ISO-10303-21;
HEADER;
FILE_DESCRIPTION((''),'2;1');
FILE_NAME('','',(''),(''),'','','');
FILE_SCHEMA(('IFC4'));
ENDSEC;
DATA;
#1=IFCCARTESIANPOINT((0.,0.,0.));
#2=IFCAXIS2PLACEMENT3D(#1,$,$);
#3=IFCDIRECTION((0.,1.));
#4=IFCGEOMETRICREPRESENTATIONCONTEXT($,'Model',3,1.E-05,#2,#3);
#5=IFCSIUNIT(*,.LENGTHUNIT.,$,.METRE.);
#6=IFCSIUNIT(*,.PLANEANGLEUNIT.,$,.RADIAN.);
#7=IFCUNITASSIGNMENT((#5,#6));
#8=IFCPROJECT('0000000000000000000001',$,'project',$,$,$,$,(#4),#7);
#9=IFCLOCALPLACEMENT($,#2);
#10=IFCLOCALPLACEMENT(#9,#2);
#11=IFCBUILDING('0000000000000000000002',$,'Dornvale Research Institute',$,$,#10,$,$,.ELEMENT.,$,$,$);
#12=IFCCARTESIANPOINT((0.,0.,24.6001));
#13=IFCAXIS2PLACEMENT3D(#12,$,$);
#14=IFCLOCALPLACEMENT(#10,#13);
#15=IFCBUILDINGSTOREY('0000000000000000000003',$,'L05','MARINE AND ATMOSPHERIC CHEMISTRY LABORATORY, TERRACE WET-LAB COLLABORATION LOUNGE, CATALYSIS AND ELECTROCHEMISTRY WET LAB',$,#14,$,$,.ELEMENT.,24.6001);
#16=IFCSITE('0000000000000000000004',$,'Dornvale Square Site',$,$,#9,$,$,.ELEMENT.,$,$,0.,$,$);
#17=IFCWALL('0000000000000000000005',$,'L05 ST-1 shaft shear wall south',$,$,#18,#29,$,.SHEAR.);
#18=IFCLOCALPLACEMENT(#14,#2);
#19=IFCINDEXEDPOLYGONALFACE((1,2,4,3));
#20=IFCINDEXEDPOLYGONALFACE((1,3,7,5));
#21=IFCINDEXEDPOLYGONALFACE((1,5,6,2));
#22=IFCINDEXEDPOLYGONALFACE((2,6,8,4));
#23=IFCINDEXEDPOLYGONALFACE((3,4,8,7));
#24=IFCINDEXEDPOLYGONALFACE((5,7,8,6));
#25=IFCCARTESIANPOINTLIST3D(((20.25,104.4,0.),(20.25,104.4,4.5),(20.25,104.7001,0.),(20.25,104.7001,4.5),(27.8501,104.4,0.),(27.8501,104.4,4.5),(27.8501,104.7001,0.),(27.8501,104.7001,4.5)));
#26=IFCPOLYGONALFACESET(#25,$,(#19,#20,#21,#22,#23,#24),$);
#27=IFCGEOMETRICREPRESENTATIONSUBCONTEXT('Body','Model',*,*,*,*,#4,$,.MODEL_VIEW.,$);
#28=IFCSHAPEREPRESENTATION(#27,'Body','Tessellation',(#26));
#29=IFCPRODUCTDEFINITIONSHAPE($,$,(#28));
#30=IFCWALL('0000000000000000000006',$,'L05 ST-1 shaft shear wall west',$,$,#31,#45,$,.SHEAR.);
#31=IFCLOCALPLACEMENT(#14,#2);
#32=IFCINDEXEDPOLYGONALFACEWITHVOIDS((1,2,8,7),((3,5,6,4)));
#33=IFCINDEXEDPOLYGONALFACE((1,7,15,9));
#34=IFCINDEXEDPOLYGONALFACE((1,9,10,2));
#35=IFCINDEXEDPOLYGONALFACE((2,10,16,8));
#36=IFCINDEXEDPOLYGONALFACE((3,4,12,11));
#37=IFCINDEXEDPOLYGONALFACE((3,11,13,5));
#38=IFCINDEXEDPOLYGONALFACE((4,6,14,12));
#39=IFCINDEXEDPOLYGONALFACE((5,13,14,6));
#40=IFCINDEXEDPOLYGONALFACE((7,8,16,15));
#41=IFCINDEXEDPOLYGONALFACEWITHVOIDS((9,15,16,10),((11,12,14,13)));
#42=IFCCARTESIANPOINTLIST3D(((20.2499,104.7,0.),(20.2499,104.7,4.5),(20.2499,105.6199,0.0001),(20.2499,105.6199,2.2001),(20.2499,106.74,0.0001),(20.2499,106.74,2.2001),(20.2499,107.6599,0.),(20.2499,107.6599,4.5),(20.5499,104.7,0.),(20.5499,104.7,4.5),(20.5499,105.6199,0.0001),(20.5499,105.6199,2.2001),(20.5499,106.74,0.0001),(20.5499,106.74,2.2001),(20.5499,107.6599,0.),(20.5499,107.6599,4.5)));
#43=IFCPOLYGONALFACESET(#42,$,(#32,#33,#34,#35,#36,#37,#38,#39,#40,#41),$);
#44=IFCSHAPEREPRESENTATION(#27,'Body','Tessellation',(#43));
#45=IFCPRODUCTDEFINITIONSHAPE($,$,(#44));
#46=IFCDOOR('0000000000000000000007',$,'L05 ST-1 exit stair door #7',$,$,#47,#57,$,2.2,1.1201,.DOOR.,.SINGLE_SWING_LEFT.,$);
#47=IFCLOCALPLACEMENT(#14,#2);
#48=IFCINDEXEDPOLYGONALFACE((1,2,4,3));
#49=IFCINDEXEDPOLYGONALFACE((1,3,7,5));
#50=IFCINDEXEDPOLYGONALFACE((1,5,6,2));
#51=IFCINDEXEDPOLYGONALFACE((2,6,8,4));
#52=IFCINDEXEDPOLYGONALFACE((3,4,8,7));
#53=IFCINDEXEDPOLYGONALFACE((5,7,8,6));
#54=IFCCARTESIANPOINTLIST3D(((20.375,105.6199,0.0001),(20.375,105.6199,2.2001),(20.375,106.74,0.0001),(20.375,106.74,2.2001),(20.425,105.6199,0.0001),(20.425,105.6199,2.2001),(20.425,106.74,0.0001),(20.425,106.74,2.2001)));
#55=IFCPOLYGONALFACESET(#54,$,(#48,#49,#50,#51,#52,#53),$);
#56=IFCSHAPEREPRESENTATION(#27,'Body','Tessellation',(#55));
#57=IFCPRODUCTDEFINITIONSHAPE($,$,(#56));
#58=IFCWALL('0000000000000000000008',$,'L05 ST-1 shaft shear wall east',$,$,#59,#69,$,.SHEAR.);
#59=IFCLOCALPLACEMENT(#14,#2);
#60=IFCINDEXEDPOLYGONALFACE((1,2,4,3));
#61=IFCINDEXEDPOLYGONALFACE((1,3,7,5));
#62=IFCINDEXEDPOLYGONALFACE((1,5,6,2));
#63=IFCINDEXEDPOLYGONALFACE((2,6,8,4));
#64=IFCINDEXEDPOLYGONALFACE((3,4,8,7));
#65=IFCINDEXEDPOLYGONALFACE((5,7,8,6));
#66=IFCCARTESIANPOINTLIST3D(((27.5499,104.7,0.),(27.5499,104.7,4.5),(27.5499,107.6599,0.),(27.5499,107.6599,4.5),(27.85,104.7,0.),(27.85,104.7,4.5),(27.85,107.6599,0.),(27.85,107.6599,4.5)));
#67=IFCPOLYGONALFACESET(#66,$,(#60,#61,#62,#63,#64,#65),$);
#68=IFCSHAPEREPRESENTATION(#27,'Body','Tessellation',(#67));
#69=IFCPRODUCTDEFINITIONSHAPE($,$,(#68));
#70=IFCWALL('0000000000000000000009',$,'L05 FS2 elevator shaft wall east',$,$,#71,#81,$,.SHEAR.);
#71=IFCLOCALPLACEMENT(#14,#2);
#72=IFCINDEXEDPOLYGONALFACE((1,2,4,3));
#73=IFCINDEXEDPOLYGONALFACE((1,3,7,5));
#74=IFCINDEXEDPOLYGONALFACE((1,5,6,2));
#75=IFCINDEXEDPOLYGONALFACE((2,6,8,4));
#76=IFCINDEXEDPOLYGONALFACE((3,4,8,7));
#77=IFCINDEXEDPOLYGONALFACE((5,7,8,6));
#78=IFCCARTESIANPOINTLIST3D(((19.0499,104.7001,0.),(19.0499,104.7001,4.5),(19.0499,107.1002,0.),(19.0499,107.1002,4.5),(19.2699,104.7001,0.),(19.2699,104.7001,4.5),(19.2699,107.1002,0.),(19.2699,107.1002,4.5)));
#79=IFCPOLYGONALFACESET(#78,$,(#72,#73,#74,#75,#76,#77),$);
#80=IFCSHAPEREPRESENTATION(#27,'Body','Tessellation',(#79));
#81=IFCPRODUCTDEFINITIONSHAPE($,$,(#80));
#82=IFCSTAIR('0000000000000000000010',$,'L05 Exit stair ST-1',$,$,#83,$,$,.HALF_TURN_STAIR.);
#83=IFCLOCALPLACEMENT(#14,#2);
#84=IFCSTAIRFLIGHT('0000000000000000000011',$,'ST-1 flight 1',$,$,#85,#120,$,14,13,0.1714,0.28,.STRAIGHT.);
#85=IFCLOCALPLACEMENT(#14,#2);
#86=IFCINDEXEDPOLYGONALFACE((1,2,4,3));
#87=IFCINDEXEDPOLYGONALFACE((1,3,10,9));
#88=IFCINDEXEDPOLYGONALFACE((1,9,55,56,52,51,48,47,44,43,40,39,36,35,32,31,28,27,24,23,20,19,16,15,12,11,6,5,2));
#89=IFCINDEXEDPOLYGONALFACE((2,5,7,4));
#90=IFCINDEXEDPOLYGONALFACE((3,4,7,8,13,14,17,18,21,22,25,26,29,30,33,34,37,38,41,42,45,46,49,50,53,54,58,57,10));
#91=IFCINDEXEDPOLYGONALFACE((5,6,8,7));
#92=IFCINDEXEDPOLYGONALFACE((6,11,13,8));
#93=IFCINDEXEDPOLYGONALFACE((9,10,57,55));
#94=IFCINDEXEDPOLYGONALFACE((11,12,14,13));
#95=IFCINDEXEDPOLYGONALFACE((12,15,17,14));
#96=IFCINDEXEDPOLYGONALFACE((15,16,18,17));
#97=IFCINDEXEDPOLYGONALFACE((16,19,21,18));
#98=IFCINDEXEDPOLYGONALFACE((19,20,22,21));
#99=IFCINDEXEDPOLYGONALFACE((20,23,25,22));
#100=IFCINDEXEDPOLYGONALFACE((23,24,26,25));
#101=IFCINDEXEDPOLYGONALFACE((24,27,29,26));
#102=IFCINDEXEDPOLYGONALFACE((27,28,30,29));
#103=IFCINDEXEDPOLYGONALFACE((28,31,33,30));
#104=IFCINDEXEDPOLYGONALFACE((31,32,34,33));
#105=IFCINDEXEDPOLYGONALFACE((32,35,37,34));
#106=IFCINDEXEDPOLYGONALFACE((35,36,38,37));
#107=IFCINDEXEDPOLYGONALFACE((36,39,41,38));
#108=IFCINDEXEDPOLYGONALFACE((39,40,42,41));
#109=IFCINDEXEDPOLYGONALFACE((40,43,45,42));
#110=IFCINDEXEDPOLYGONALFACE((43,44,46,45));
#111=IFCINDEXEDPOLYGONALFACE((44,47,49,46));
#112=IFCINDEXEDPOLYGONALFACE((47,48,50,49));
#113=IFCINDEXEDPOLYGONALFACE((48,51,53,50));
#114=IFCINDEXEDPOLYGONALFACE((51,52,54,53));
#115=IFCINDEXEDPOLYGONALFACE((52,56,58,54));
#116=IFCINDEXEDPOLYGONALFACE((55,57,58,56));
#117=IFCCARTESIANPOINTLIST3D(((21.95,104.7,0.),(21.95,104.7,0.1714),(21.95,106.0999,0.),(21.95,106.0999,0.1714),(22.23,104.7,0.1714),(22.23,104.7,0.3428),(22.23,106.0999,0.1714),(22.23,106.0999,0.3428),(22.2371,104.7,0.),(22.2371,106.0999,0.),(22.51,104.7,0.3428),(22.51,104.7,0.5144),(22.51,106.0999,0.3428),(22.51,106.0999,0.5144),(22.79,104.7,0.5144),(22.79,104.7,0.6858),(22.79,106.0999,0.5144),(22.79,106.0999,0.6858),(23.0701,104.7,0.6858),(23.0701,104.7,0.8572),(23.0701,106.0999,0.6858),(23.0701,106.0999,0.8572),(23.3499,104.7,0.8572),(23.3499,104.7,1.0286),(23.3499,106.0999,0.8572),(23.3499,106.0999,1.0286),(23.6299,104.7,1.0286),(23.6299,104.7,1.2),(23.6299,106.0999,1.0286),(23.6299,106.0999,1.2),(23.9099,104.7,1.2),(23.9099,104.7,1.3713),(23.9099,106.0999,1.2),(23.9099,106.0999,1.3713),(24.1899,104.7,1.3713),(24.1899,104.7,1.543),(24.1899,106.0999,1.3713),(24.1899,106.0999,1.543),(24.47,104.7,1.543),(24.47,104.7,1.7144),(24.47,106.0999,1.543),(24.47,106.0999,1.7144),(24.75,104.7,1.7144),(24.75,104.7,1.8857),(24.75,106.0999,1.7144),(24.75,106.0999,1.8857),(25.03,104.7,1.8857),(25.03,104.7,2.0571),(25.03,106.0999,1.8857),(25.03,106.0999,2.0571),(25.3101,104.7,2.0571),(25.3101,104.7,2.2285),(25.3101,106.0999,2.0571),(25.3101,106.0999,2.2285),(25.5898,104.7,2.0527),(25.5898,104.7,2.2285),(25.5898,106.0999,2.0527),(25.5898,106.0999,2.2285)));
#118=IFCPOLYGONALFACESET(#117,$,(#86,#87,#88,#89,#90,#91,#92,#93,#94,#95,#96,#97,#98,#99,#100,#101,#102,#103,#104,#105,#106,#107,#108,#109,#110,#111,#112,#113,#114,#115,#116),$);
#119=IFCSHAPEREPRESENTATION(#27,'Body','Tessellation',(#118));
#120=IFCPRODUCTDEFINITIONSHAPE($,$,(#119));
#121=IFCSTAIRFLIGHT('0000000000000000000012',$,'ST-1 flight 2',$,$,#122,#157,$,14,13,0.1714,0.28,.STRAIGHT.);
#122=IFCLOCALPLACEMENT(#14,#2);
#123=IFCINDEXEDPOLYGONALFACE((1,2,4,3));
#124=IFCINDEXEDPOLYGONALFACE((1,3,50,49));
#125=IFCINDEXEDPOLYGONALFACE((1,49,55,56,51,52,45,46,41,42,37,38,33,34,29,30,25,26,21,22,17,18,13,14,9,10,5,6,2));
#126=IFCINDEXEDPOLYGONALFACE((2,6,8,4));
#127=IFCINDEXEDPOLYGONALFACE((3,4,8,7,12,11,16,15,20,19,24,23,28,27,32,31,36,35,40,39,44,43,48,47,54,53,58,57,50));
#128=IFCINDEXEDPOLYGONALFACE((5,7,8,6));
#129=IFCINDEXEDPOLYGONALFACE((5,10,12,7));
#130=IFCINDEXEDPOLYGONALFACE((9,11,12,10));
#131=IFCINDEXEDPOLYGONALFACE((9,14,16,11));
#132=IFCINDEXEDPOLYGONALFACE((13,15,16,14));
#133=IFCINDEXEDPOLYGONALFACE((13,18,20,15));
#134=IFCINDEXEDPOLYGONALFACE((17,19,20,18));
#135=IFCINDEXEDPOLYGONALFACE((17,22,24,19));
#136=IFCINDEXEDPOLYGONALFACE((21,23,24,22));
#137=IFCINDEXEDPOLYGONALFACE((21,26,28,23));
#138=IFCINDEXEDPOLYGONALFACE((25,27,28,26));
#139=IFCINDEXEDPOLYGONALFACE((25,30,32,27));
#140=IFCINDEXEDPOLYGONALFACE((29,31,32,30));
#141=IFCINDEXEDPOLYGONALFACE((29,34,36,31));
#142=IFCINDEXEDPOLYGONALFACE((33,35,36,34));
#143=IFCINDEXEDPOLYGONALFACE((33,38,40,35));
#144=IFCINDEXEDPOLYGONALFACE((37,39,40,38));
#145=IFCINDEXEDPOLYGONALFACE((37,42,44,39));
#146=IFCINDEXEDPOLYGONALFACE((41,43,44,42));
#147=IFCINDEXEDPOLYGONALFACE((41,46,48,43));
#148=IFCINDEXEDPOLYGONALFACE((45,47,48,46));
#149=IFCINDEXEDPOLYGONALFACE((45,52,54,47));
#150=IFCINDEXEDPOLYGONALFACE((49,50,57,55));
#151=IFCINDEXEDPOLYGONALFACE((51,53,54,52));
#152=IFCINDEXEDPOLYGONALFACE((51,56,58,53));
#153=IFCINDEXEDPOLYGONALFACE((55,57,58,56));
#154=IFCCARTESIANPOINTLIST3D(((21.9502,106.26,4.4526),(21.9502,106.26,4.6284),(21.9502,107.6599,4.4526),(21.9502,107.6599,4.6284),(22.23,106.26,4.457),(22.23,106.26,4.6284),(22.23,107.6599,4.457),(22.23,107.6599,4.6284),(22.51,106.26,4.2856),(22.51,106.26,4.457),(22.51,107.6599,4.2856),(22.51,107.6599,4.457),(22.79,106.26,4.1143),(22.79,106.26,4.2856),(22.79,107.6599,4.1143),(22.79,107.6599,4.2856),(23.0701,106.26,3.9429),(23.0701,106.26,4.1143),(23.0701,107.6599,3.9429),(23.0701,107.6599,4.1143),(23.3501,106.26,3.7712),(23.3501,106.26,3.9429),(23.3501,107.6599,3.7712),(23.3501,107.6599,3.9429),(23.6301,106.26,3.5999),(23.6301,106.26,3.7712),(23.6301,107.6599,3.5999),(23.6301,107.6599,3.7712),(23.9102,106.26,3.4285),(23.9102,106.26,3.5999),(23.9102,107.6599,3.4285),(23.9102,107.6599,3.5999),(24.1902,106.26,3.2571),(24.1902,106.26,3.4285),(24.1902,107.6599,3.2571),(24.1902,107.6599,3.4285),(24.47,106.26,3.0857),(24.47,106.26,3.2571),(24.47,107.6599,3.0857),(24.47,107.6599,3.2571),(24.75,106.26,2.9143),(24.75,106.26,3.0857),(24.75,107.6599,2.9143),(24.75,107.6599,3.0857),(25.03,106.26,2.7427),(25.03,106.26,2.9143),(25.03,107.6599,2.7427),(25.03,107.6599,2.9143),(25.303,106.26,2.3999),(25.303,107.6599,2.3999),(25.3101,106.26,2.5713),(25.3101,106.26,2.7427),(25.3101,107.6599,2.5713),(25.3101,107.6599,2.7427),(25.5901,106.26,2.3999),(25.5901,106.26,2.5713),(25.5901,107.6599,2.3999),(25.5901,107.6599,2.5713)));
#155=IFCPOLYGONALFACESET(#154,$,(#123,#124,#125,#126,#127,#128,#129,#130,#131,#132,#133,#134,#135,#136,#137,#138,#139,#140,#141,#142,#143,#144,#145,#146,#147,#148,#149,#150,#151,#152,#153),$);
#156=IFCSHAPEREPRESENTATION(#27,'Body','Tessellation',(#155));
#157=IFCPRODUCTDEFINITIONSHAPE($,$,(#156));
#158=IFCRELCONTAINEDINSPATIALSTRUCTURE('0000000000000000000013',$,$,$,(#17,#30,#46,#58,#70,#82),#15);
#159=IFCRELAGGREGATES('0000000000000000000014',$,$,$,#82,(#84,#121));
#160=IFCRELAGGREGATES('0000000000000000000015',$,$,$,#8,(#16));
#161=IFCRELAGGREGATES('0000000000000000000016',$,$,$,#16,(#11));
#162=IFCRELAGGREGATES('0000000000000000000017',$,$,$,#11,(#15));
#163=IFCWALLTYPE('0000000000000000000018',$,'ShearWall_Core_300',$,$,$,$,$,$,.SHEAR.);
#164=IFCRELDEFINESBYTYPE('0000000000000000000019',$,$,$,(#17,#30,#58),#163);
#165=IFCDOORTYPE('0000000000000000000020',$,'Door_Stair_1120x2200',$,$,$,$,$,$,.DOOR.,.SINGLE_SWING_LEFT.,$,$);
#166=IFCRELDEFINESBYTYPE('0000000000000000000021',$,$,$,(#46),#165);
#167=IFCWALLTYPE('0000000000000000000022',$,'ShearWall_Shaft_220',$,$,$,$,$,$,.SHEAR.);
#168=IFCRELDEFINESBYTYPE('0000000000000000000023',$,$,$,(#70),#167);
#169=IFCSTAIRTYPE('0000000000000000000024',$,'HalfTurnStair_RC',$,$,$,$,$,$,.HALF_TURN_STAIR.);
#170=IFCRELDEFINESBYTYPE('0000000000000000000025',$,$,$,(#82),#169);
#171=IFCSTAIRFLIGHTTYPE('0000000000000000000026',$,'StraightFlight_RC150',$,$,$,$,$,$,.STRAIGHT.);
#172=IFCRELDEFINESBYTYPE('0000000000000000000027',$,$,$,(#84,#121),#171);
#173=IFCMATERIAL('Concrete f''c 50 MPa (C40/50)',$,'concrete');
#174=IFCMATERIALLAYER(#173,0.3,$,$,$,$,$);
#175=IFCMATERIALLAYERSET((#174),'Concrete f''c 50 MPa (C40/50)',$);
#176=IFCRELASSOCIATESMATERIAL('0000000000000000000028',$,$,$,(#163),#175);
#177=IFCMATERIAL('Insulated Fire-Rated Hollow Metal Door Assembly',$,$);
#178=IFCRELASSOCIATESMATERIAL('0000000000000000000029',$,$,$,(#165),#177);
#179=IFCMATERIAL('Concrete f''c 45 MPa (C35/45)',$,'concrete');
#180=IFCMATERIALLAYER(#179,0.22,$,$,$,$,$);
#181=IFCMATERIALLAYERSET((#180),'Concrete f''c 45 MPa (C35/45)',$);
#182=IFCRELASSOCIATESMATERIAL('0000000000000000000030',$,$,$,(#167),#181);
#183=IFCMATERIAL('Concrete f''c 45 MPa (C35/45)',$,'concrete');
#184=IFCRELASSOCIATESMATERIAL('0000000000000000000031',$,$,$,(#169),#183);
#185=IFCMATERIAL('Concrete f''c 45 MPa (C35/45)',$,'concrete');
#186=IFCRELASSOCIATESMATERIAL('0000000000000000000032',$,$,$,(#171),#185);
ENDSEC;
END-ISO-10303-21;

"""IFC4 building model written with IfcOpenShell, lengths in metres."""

from ifc_helpers import new_model, si_unit, direction, frame, frame_2d, origin, place, context, subcontext, project, spatial, polyline, rectangle, outline, extrude, material, layer, layer_set, type_object, element, fill, aggregate, save


model = new_model("IFC4")

# Units and contexts
model_context = context("Model", 3, precision=1e-05, world=origin(), true_north=direction((0.0, 1.0)))
body_context = subcontext(model_context, "Body", "Model", "MODEL_VIEW")
ifc_project = project(units=[si_unit("LENGTHUNIT", "METRE"), si_unit("PLANEANGLEUNIT", "RADIAN")], contexts=[model_context])

# Site, building, storey
site_placement = place(None, origin())
site = spatial("IfcSite", under=ifc_project, at=site_placement, Name="Dornvale Square Site", CompositionType="ELEMENT", RefElevation=0.0)
building_placement = place(site_placement, origin())
building = spatial("IfcBuilding", under=site, at=building_placement, Name="Dornvale Research Institute", CompositionType="ELEMENT")
storey_placement = place(building_placement, frame((0.0, 0.0, 24.6001)))
storey = spatial("IfcBuildingStorey", under=building, at=storey_placement, Name="L05", Description="MARINE AND ATMOSPHERIC CHEMISTRY LABORATORY, TERRACE WET-LAB COLLABORATION LOUNGE, CATALYSIS AND ELECTROCHEMISTRY WET LAB", CompositionType="ELEMENT", Elevation=24.6001)

# Wall
ifc_material_1 = material(Name="Concrete f'c 50 MPa (C40/50)", Category="concrete")
ifc_layer_1 = layer(ifc_material_1, 0.3)
ifc_layer_set_1 = layer_set([ifc_layer_1], Name="Concrete f'c 50 MPa (C40/50)")
wall_type_1 = type_object("IfcWallType", Name="ShearWall_Core_300", PredefinedType="SHEAR", material=ifc_layer_set_1)
wall_1_placement = place(storey_placement, frame((20.25, 104.55, 0.0), z_axis=(0.0, 0.0, 1.0), x_axis=(1.0, 0.0, 0.0)))
element("IfcWall", 1, at=wall_1_placement, inside=storey, type_object=wall_type_1, Name="L05 ST-1 shaft shear wall south", PredefinedType="SHEAR", context=body_context, shape_type="SweptSolid", body=[
    extrude(rectangle(XDim=7.6001, YDim=0.3, at=frame_2d((3.8, 0.0))), origin(), (0.0, 0.0, 1.0), 4.5),
])

# Wall, opening, door
wall_2_placement = place(storey_placement, frame((20.3999, 104.7, 0.0), z_axis=(0.0, 0.0, 1.0), x_axis=(0.0, 1.0, 0.0)))
wall_2 = element("IfcWall", 2, at=wall_2_placement, inside=storey, type_object=wall_type_1, Name="L05 ST-1 shaft shear wall west", PredefinedType="SHEAR", context=body_context, shape_type="SweptSolid", body=[
    extrude(rectangle(XDim=2.96, YDim=0.3, at=frame_2d((1.48, 0.0))), origin(), (0.0, 0.0, 1.0), 4.5),
])
opening_1_placement = place(wall_2_placement, frame((0.9199, 0.0, 0.0)))
opening_1 = element("IfcOpeningElement", 3, at=opening_1_placement, cuts=wall_2, PredefinedType="OPENING", context=body_context, shape_type="SweptSolid", body=[
    extrude(rectangle(XDim=1.1201, YDim=2.2, at=frame_2d((0.5601, 1.1001))), frame((0.0, 0.165, 0.0), z_axis=(0.0, -1.0, 0.0), x_axis=(1.0, 0.0, 0.0)), (0.0, 0.0, 1.0), 0.3301),
])
ifc_material_2 = material(Name="Insulated Fire-Rated Hollow Metal Door Assembly")
door_type_1 = type_object("IfcDoorType", Name="Door_Stair_1120x2200", OperationType="SINGLE_SWING_LEFT", PredefinedType="DOOR", material=ifc_material_2)
door_1_placement = place(opening_1_placement, origin())
door_1 = element("IfcDoor", 4, at=door_1_placement, inside=storey, type_object=door_type_1, Name="L05 ST-1 exit stair door #7", OperationType="SINGLE_SWING_LEFT", OverallHeight=2.2, OverallWidth=1.1201, PredefinedType="DOOR", context=body_context, shape_type="SweptSolid", body=[
    extrude(rectangle(XDim=1.1201, YDim=2.2, at=frame_2d((0.5601, 1.1001))), frame((0.0, 0.0249, 0.0), z_axis=(0.0, -1.0, 0.0), x_axis=(1.0, 0.0, 0.0)), (0.0, 0.0, 1.0), 0.05),
])
fill(opening_1, door_1)

# Walls
wall_3_placement = place(storey_placement, frame((27.7, 104.7, 0.0), z_axis=(0.0, 0.0, 1.0), x_axis=(0.0, 1.0, 0.0)))
element("IfcWall", 5, at=wall_3_placement, inside=storey, type_object=wall_type_1, Name="L05 ST-1 shaft shear wall east", PredefinedType="SHEAR", context=body_context, shape_type="SweptSolid", body=[
    extrude(rectangle(XDim=2.96, YDim=0.3, at=frame_2d((1.48, 0.0))), origin(), (0.0, 0.0, 1.0), 4.5),
])
ifc_material_3 = material(Name="Concrete f'c 45 MPa (C35/45)", Category="concrete")
ifc_layer_2 = layer(ifc_material_3, 0.22)
ifc_layer_set_2 = layer_set([ifc_layer_2], Name="Concrete f'c 45 MPa (C35/45)")
wall_type_2 = type_object("IfcWallType", Name="ShearWall_Shaft_220", PredefinedType="SHEAR", material=ifc_layer_set_2)
wall_4_placement = place(storey_placement, frame((19.1599, 104.7, 0.0), z_axis=(0.0, 0.0, 1.0), x_axis=(0.0, 1.0, 0.0)))
element("IfcWall", 6, at=wall_4_placement, inside=storey, type_object=wall_type_2, Name="L05 FS2 elevator shaft wall east", PredefinedType="SHEAR", context=body_context, shape_type="SweptSolid", body=[
    extrude(rectangle(XDim=2.4001, YDim=0.22, at=frame_2d((1.2002, 0.0))), origin(), (0.0, 0.0, 1.0), 4.5),
])

# Stair, stair flights
ifc_material_4 = material(Name="Concrete f'c 45 MPa (C35/45)", Category="concrete")
stair_type = type_object("IfcStairType", Name="HalfTurnStair_RC", PredefinedType="HALF_TURN_STAIR", material=ifc_material_4)
stair_placement = place(storey_placement, origin())
stair = element("IfcStair", 7, at=stair_placement, inside=storey, type_object=stair_type, Name="L05 Exit stair ST-1", PredefinedType="HALF_TURN_STAIR")
ifc_material_5 = material(Name="Concrete f'c 45 MPa (C35/45)", Category="concrete")
stair_flight_type = type_object("IfcStairFlightType", Name="StraightFlight_RC150", PredefinedType="STRAIGHT", material=ifc_material_5)
stair_flight_1_placement = place(storey_placement, frame((21.95, 105.3999, 0.0), z_axis=(0.0, 0.0, 1.0), x_axis=(1.0, 0.0, 0.0)))
stair_flight_1 = element("IfcStairFlight", 8, at=stair_flight_1_placement, type_object=stair_flight_type, Name="ST-1 flight 1", NumberOfRisers=14, NumberOfTreads=13, PredefinedType="STRAIGHT", RiserHeight=0.1714, TreadLength=0.28, context=body_context, shape_type="SweptSolid", body=[
    extrude(outline(polyline([(0.0, 0.0), (0.0, 0.1714), (0.28, 0.1714), (0.28, 0.3428), (0.5601, 0.3428), (0.5601, 0.5144), (0.8401, 0.5144), (0.8401, 0.6858), (1.1201, 0.6858), (1.1201, 0.8572), (1.3999, 0.8572), (1.3999, 1.0286), (1.6799, 1.0286), (1.6799, 1.2), (1.96, 1.2), (1.96, 1.3713), (2.24, 1.3713), (2.24, 1.543), (2.52, 1.543), (2.52, 1.7144), (2.8, 1.7144), (2.8, 1.8857), (3.0801, 1.8857), (3.0801, 2.0571), (3.3601, 2.0571), (3.3601, 2.2285), (3.6399, 2.2285), (3.6399, 2.3999), (3.6399, 2.0527), (0.2871, 0.0), (0.0, 0.0)])), frame((0.0, 0.7, 0.0), z_axis=(0.0, -1.0, 0.0), x_axis=(1.0, 0.0, 0.0)), (0.0, 0.0, 1.0), 1.3999),
])
stair_flight_2_placement = place(storey_placement, frame((25.5901, 106.96, 2.3999), z_axis=(0.0, 0.0, 1.0), x_axis=(-1.0, 0.0, 0.0)))
stair_flight_2 = element("IfcStairFlight", 9, at=stair_flight_2_placement, type_object=stair_flight_type, Name="ST-1 flight 2", NumberOfRisers=14, NumberOfTreads=13, PredefinedType="STRAIGHT", RiserHeight=0.1714, TreadLength=0.28, context=body_context, shape_type="SweptSolid", body=[
    extrude(outline(polyline([(0.0, 0.0), (0.0, 0.1714), (0.28, 0.1714), (0.28, 0.3428), (0.5601, 0.3428), (0.5601, 0.5144), (0.8401, 0.5144), (0.8401, 0.6858), (1.1201, 0.6858), (1.1201, 0.8572), (1.3999, 0.8572), (1.3999, 1.0286), (1.6799, 1.0286), (1.6799, 1.2), (1.96, 1.2), (1.96, 1.3713), (2.24, 1.3713), (2.24, 1.543), (2.52, 1.543), (2.52, 1.7144), (2.8, 1.7144), (2.8, 1.8857), (3.0801, 1.8857), (3.0801, 2.0571), (3.3601, 2.0571), (3.3601, 2.2285), (3.6399, 2.2285), (3.6399, 2.3999), (3.6399, 2.0527), (0.2871, 0.0), (0.0, 0.0)])), frame((0.0, 0.7, 0.0), z_axis=(0.0, -1.0, 0.0), x_axis=(1.0, 0.0, 0.0)), (0.0, 0.0, 1.0), 1.3999),
])
aggregate(stair, [stair_flight_1, stair_flight_2])

save(model, "model.ifc")
